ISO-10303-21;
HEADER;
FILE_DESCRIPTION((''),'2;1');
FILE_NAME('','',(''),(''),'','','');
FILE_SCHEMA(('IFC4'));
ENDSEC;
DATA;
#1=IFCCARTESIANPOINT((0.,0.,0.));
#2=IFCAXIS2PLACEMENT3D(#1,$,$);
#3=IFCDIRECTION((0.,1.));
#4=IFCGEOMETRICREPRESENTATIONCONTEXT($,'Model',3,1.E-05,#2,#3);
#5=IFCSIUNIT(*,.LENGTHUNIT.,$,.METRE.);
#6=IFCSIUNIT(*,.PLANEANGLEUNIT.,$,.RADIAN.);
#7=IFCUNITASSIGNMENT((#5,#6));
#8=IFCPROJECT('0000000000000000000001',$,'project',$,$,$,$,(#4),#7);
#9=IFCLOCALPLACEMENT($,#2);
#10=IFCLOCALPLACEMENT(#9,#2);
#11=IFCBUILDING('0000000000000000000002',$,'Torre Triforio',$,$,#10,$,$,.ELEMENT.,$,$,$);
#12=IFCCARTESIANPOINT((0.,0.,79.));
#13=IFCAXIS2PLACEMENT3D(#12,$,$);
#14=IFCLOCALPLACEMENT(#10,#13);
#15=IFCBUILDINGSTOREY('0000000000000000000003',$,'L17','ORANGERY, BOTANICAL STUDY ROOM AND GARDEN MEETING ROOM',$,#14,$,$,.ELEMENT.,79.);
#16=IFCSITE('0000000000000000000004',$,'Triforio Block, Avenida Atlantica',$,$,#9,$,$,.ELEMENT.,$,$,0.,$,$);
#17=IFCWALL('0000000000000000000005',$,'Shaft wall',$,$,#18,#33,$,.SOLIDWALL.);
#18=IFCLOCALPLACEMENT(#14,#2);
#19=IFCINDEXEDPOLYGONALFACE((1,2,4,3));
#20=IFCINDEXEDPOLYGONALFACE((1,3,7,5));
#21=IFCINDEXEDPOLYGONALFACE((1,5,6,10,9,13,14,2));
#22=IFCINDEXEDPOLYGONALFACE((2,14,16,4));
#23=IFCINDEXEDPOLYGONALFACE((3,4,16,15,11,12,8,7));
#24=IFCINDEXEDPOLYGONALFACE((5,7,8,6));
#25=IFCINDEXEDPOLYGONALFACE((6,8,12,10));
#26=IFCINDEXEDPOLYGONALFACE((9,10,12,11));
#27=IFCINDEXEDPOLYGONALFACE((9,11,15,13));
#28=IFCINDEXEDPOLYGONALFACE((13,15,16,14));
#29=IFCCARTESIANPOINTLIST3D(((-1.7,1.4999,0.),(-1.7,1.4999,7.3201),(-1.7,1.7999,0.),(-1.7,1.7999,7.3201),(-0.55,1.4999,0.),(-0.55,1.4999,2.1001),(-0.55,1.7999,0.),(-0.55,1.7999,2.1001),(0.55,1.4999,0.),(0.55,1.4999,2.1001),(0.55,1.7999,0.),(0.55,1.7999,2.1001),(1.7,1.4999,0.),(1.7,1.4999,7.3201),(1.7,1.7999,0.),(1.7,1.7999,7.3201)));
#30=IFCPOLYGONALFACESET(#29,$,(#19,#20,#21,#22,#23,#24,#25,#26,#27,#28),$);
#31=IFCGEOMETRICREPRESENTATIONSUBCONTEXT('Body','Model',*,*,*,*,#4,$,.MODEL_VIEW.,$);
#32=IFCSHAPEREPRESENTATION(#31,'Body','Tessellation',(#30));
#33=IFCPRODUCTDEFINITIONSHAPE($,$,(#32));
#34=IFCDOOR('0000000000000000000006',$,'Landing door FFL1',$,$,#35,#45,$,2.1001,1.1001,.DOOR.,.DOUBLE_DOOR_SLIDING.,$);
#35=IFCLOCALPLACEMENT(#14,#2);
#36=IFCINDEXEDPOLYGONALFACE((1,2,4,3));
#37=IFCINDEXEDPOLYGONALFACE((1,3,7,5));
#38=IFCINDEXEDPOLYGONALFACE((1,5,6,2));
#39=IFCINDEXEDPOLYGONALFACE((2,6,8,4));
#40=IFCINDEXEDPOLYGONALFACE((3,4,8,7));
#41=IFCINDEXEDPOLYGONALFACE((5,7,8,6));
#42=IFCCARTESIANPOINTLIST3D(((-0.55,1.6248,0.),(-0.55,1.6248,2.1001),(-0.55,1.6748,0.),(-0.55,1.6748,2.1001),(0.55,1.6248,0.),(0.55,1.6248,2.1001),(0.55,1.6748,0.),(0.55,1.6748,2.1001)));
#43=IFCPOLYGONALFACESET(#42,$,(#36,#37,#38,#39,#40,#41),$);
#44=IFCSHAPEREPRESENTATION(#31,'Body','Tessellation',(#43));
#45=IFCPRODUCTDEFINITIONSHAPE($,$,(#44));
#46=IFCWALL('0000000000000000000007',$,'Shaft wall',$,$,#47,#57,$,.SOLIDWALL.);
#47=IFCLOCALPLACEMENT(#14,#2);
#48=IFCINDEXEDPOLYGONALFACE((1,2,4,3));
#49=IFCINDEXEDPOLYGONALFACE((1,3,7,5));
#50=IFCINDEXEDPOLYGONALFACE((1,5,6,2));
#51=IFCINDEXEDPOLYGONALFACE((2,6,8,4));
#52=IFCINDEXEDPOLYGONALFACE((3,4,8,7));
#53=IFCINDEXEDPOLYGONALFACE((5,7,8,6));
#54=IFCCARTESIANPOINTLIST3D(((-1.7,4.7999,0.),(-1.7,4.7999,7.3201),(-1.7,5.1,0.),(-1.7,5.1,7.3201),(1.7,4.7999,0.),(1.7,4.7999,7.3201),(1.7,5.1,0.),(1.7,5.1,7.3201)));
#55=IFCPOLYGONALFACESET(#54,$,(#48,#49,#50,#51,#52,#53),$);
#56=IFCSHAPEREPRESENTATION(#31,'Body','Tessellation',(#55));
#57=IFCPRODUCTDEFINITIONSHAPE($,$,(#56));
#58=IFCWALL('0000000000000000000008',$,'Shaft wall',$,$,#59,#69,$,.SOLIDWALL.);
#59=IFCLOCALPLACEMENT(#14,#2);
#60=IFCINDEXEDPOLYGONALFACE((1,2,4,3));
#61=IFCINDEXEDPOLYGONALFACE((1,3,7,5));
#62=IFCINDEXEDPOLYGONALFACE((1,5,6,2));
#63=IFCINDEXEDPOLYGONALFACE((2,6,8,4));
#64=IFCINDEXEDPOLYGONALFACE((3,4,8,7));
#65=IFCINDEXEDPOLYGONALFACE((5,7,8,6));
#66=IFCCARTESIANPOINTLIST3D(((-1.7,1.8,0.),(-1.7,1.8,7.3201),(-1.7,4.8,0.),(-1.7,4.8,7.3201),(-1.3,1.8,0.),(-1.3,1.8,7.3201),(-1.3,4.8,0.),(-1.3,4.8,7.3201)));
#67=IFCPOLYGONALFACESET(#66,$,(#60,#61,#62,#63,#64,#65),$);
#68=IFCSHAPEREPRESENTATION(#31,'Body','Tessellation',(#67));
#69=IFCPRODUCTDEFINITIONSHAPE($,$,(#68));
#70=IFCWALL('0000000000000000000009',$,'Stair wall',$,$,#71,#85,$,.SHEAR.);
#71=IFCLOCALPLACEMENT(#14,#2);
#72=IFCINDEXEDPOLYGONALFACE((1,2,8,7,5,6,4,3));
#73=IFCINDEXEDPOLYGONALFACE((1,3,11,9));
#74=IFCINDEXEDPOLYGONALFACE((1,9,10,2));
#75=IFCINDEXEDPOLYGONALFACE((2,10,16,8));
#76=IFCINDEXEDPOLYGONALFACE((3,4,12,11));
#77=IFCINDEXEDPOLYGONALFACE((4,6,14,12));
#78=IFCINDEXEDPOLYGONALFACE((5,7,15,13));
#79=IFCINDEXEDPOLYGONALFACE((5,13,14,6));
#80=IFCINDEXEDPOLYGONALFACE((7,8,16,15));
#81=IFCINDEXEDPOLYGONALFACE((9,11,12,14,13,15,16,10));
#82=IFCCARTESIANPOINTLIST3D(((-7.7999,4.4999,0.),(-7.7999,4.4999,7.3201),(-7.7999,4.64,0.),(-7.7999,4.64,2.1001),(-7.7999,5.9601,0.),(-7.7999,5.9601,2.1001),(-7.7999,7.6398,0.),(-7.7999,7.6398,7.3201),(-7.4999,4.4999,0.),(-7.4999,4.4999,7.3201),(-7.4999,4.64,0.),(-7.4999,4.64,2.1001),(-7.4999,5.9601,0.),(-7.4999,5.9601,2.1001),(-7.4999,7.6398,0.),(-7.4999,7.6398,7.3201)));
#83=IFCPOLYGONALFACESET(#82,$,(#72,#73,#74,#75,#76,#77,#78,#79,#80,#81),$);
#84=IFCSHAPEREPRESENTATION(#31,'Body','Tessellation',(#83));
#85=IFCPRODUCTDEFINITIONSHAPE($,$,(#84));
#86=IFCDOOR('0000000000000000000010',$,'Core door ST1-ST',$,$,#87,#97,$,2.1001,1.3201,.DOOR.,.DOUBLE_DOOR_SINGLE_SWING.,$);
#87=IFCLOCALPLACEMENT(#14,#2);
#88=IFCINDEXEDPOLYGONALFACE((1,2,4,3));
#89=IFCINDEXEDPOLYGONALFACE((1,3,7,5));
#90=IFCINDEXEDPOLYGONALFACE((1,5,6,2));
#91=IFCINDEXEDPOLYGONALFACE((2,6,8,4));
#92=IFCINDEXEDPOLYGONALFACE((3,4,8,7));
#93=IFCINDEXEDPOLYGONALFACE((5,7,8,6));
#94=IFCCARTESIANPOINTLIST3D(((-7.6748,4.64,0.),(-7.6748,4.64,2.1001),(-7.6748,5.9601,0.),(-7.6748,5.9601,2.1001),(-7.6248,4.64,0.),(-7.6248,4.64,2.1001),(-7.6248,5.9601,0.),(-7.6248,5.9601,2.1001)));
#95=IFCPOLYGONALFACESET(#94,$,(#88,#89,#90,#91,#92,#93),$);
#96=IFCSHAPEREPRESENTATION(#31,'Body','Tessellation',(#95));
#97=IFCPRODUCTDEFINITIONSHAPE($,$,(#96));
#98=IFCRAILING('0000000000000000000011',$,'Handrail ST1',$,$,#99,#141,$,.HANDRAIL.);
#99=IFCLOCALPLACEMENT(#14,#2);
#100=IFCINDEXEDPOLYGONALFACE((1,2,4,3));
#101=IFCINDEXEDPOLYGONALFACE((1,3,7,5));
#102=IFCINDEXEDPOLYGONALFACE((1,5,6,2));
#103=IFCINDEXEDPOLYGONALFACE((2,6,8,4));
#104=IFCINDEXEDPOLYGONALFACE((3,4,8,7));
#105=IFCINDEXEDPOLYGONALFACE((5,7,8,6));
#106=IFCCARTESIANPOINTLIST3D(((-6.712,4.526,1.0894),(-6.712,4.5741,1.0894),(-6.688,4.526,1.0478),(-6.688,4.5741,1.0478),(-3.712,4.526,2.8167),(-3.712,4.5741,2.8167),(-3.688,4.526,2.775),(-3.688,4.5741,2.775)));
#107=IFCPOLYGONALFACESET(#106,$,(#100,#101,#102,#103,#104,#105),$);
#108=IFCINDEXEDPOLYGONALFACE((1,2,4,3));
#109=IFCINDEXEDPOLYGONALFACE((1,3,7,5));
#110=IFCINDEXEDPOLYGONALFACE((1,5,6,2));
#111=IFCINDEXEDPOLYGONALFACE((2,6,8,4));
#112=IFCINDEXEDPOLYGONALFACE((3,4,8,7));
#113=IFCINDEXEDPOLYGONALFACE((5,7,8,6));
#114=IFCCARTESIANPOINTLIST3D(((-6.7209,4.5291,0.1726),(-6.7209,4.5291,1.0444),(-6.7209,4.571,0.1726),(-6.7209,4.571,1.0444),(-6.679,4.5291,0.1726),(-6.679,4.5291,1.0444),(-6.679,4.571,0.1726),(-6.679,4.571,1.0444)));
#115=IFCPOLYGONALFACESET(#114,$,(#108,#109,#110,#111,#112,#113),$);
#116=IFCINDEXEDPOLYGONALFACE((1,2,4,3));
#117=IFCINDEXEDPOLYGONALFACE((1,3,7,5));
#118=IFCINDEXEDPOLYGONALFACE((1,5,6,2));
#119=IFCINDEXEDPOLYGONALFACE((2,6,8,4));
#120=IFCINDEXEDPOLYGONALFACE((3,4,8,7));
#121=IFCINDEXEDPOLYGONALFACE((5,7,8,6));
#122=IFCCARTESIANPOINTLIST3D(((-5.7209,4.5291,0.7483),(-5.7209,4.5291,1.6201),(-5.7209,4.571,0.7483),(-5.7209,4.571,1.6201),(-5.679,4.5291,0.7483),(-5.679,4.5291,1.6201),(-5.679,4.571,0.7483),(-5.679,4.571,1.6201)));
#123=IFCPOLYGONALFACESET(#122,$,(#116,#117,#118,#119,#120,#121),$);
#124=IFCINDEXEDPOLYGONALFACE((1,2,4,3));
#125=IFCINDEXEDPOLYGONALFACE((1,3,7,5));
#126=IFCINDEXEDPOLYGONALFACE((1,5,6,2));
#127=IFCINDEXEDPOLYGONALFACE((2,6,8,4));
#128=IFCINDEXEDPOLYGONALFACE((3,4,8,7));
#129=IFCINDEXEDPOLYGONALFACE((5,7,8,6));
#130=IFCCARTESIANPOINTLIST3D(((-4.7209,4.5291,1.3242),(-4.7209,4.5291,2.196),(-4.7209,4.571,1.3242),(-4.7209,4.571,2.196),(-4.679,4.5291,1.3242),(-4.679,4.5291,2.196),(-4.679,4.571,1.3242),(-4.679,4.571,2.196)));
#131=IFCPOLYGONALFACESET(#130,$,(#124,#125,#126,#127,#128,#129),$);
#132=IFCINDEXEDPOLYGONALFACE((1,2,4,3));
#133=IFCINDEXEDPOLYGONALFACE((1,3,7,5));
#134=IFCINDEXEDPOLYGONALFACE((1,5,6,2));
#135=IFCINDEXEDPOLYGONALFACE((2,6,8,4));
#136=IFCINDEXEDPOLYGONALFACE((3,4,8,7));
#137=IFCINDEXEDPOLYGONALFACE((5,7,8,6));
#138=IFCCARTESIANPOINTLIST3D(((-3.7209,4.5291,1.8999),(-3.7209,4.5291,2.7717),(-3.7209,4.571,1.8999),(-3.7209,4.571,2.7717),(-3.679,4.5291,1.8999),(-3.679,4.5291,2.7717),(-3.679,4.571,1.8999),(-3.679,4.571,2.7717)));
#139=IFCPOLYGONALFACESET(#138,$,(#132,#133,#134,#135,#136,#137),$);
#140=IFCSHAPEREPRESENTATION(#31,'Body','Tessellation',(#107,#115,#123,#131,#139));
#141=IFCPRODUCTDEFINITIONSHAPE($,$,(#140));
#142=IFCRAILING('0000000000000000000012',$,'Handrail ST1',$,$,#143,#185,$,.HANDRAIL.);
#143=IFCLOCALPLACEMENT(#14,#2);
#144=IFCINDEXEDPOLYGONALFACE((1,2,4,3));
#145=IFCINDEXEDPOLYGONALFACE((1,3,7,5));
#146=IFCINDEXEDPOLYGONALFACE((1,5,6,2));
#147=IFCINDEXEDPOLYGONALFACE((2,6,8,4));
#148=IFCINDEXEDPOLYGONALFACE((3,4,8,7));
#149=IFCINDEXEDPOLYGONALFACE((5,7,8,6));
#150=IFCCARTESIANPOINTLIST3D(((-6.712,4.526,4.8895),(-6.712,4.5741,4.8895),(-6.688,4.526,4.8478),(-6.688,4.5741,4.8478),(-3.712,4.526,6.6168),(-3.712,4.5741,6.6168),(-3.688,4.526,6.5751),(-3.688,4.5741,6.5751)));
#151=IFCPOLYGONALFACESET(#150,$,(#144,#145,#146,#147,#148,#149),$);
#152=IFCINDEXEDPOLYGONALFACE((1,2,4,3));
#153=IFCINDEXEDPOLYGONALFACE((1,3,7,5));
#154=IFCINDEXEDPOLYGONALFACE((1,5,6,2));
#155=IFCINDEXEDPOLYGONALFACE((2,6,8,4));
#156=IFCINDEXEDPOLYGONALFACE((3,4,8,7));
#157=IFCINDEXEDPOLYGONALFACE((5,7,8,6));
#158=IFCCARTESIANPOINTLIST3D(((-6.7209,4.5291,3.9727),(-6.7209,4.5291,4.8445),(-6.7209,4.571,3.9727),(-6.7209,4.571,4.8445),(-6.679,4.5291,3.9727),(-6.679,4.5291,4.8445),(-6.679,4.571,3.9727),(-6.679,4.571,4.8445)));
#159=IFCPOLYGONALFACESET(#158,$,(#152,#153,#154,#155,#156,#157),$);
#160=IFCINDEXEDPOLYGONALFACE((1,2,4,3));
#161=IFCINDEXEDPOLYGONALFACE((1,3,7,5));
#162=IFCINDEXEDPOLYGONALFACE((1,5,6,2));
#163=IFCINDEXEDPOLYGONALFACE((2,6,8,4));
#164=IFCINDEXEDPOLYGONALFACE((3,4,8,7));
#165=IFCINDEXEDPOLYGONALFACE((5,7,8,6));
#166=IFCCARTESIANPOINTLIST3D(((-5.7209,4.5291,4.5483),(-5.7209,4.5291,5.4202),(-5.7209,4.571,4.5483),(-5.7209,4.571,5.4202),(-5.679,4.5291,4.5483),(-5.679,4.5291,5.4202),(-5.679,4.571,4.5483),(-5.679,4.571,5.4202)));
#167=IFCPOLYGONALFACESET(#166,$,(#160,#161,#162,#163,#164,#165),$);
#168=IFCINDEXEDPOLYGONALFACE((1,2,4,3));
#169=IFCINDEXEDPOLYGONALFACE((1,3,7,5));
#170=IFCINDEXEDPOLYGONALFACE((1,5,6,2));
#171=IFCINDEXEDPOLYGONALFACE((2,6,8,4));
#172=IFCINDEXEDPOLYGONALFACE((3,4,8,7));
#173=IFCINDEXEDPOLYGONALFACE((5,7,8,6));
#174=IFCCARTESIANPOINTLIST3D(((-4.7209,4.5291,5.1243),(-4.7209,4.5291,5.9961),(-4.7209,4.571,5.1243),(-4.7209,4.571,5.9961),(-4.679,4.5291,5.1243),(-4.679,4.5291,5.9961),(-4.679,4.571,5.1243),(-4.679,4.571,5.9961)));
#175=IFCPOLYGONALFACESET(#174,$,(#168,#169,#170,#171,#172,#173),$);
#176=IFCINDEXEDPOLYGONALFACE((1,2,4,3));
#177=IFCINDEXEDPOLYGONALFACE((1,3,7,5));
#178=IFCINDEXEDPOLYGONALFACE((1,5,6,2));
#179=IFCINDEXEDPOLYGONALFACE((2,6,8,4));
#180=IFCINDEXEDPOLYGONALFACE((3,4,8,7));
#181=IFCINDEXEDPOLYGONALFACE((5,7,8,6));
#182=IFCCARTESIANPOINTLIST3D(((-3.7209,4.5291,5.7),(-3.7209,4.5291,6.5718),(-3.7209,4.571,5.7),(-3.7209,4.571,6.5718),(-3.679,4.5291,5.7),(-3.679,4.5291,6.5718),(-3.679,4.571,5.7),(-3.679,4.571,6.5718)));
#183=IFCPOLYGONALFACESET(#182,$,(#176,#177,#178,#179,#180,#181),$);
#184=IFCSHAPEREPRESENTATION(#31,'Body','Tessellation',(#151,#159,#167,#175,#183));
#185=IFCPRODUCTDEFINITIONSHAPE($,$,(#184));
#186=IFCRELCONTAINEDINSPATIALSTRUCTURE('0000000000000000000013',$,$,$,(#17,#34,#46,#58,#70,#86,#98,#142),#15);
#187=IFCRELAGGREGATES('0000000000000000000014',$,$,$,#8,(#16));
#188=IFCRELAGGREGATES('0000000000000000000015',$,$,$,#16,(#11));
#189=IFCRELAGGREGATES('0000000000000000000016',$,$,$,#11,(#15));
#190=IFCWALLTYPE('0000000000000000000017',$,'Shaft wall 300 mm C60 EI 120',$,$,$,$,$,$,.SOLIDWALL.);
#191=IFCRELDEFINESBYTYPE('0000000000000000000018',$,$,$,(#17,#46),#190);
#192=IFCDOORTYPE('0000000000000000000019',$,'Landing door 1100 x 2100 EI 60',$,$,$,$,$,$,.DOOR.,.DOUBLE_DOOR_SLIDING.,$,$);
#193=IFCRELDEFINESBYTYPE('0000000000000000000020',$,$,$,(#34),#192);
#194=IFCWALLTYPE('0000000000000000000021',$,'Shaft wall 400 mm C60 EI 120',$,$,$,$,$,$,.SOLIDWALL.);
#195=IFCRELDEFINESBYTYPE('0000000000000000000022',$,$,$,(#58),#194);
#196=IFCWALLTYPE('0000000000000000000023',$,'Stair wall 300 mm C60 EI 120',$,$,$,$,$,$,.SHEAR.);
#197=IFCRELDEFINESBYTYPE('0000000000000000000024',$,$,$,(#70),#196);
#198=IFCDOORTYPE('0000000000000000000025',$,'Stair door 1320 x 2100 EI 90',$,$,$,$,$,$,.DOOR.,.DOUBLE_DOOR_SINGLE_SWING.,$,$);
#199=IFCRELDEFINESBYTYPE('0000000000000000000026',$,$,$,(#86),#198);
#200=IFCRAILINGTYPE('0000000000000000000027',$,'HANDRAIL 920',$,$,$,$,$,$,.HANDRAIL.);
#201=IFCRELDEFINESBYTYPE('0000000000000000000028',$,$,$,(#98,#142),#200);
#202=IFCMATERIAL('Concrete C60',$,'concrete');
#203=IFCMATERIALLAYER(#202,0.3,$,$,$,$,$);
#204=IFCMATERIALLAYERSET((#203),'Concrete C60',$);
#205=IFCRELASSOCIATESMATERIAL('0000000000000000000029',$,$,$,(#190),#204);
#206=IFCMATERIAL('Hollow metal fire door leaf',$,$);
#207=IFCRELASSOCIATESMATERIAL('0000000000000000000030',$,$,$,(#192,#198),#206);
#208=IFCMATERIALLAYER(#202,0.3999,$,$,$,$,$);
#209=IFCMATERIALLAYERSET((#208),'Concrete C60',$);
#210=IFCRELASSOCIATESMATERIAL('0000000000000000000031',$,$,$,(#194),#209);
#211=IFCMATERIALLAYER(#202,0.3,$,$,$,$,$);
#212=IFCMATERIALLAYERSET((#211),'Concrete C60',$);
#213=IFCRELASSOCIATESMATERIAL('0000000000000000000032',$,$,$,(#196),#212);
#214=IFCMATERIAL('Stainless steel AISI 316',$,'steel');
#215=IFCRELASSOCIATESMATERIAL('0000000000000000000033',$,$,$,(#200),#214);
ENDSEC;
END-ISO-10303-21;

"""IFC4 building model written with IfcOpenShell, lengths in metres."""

from ifc_helpers import new_model, si_unit, direction, frame, frame_2d, origin, origin_2d, place, context, subcontext, project, spatial, rectangle, extrude, material, layer, layer_set, type_object, element, fill, save


model = new_model("IFC4")

# Units and contexts
model_context = context("Model", 3, precision=1e-05, world=origin(), true_north=direction((0.0, 1.0)))
body_context = subcontext(model_context, "Body", "Model", "MODEL_VIEW")
ifc_project = project(units=[si_unit("LENGTHUNIT", "METRE"), si_unit("PLANEANGLEUNIT", "RADIAN")], contexts=[model_context])

# Site, building, storey
site_placement = place(None, origin())
site = spatial("IfcSite", under=ifc_project, at=site_placement, Name="Triforio Block, Avenida Atlantica", CompositionType="ELEMENT", RefElevation=0.0)
building_placement = place(site_placement, origin())
building = spatial("IfcBuilding", under=site, at=building_placement, Name="Torre Triforio", CompositionType="ELEMENT")
storey_placement = place(building_placement, frame((0.0, 0.0, 79.0)))
storey = spatial("IfcBuildingStorey", under=building, at=storey_placement, Name="L17", Description="ORANGERY, BOTANICAL STUDY ROOM AND GARDEN MEETING ROOM", CompositionType="ELEMENT", Elevation=79.0)

# Shared definitions
ifc_material_1 = material(Name="Concrete C60", Category="concrete")
ifc_layer_1 = layer(ifc_material_1, 0.3)
ifc_layer_set_1 = layer_set([ifc_layer_1], Name="Concrete C60")
wall_type_1 = type_object("IfcWallType", Name="Shaft wall 300 mm C60 EI 120", PredefinedType="SOLIDWALL", material=ifc_layer_set_1)

# Shared definitions
ifc_material_2 = material(Name="Hollow metal fire door leaf")
door_type_1 = type_object("IfcDoorType", Name="Landing door 1100 x 2100 EI 60", OperationType="DOUBLE_DOOR_SLIDING", PredefinedType="DOOR", material=ifc_material_2)

# Wall, opening, door
wall_1_placement = place(storey_placement, frame((-1.7, 1.6499, 0.0), z_axis=(0.0, 0.0, 1.0), x_axis=(1.0, 0.0, 0.0)))
wall_1 = element("IfcWall", 1, at=wall_1_placement, inside=storey, type_object=wall_type_1, Name="Shaft wall", PredefinedType="SOLIDWALL", context=body_context, shape_type="SweptSolid", body=[
    extrude(rectangle(XDim=3.3999, YDim=0.3, at=frame_2d((1.7, 0.0))), origin(), (0.0, 0.0, 1.0), 7.3201),
])
opening_1_placement = place(wall_1_placement, frame((1.1499, 0.0, 0.0)))
opening_1 = element("IfcOpeningElement", 2, at=opening_1_placement, cuts=wall_1, PredefinedType="OPENING", context=body_context, shape_type="SweptSolid", body=[
    extrude(rectangle(XDim=1.1001, YDim=2.1001, at=frame_2d((0.55, 1.05))), frame((0.0, 0.1599, 0.0), z_axis=(0.0, -1.0, 0.0), x_axis=(1.0, 0.0, 0.0)), (0.0, 0.0, 1.0), 0.3201),
])
door_1_placement = place(opening_1_placement, origin())
door_1 = element("IfcDoor", 3, at=door_1_placement, inside=storey, type_object=door_type_1, Name="Landing door FFL1", OperationType="DOUBLE_DOOR_SLIDING", OverallHeight=2.1001, OverallWidth=1.1001, PredefinedType="DOOR", context=body_context, shape_type="SweptSolid", body=[
    extrude(rectangle(XDim=1.1001, YDim=2.1001, at=frame_2d((0.55, 1.05))), frame((0.0, 0.0249, 0.0), z_axis=(0.0, -1.0, 0.0), x_axis=(1.0, 0.0, 0.0)), (0.0, 0.0, 1.0), 0.05),
])
fill(opening_1, door_1)

# Walls
wall_2_placement = place(storey_placement, frame((-1.7, 4.95, 0.0), z_axis=(0.0, 0.0, 1.0), x_axis=(1.0, 0.0, 0.0)))
element("IfcWall", 4, at=wall_2_placement, inside=storey, type_object=wall_type_1, Name="Shaft wall", PredefinedType="SOLIDWALL", context=body_context, shape_type="SweptSolid", body=[
    extrude(rectangle(XDim=3.3999, YDim=0.3, at=frame_2d((1.7, 0.0))), origin(), (0.0, 0.0, 1.0), 7.3201),
])
ifc_layer_2 = layer(ifc_material_1, 0.3999)
ifc_layer_set_2 = layer_set([ifc_layer_2], Name="Concrete C60")
wall_type_2 = type_object("IfcWallType", Name="Shaft wall 400 mm C60 EI 120", PredefinedType="SOLIDWALL", material=ifc_layer_set_2)
wall_3_placement = place(storey_placement, frame((-1.5, 1.8, 0.0), z_axis=(0.0, 0.0, 1.0), x_axis=(0.0, 1.0, 0.0)))
element("IfcWall", 5, at=wall_3_placement, inside=storey, type_object=wall_type_2, Name="Shaft wall", PredefinedType="SOLIDWALL", context=body_context, shape_type="SweptSolid", body=[
    extrude(rectangle(XDim=3.0, YDim=0.3999, at=frame_2d((1.5, 0.0))), origin(), (0.0, 0.0, 1.0), 7.3201),
])

# Wall, opening, door
ifc_layer_3 = layer(ifc_material_1, 0.3)
ifc_layer_set_3 = layer_set([ifc_layer_3], Name="Concrete C60")
wall_type_3 = type_object("IfcWallType", Name="Stair wall 300 mm C60 EI 120", PredefinedType="SHEAR", material=ifc_layer_set_3)
wall_4_placement = place(storey_placement, frame((-7.6499, 4.5, 0.0), z_axis=(0.0, 0.0, 1.0), x_axis=(0.0, 1.0, 0.0)))
wall_4 = element("IfcWall", 6, at=wall_4_placement, inside=storey, type_object=wall_type_3, Name="Stair wall", PredefinedType="SHEAR", context=body_context, shape_type="SweptSolid", body=[
    extrude(rectangle(XDim=3.1399, YDim=0.3, at=frame_2d((1.5698, 0.0))), origin(), (0.0, 0.0, 1.0), 7.3201),
])
opening_2_placement = place(wall_4_placement, frame((0.1399, 0.0, 0.0)))
opening_2 = element("IfcOpeningElement", 7, at=opening_2_placement, cuts=wall_4, PredefinedType="OPENING", context=body_context, shape_type="SweptSolid", body=[
    extrude(rectangle(XDim=1.3201, YDim=2.1001, at=frame_2d((0.6602, 1.05))), frame((0.0, 0.1599, 0.0), z_axis=(0.0, -1.0, 0.0), x_axis=(1.0, 0.0, 0.0)), (0.0, 0.0, 1.0), 0.3201),
])
door_type_2 = type_object("IfcDoorType", Name="Stair door 1320 x 2100 EI 90", OperationType="DOUBLE_DOOR_SINGLE_SWING", PredefinedType="DOOR", material=ifc_material_2)
door_2_placement = place(opening_2_placement, origin())
door_2 = element("IfcDoor", 8, at=door_2_placement, inside=storey, type_object=door_type_2, Name="Core door ST1-ST", OperationType="DOUBLE_DOOR_SINGLE_SWING", OverallHeight=2.1001, OverallWidth=1.3201, PredefinedType="DOOR", context=body_context, shape_type="SweptSolid", body=[
    extrude(rectangle(XDim=1.3201, YDim=2.1001, at=frame_2d((0.6602, 1.05))), frame((0.0, 0.0249, 0.0), z_axis=(0.0, -1.0, 0.0), x_axis=(1.0, 0.0, 0.0)), (0.0, 0.0, 1.0), 0.05),
])
fill(opening_2, door_2)

# Railings
ifc_material_3 = material(Name="Stainless steel AISI 316", Category="steel")
railing_type = type_object("IfcRailingType", Name="HANDRAIL 920", PredefinedType="HANDRAIL", material=ifc_material_3)
for number, where, name in (
    (9, (-6.7, 4.55, 0.1726), "Handrail ST1"),
    (10, (-6.7, 4.55, 3.9727), "Handrail ST1"),
):
    element("IfcRailing", number, at=place(storey_placement, frame(where)), inside=storey, type_object=railing_type, Name=name, PredefinedType="HANDRAIL", context=body_context, shape_type="SweptSolid", body=[
        extrude(rectangle(XDim=0.0481, YDim=0.0481, at=origin_2d()), frame((0.0, 0.0, 0.896), z_axis=(0.86662, 0.0, 0.498969), x_axis=(0.0, 1.0, 0.0)), (0.0, 0.0, 1.0), 3.4617),
        extrude(rectangle(XDim=0.042, YDim=0.042, at=origin_2d()), origin(), (0.0, 0.0, 1.0), 0.8718),
        extrude(rectangle(XDim=0.042, YDim=0.042, at=origin_2d()), frame((1.0, 0.0, 0.5757)), (0.0, 0.0, 1.0), 0.8718),
        extrude(rectangle(XDim=0.042, YDim=0.042, at=origin_2d()), frame((2.0, 0.0, 1.1516)), (0.0, 0.0, 1.0), 0.8718),
        extrude(rectangle(XDim=0.042, YDim=0.042, at=origin_2d()), frame((3.0, 0.0, 1.7273)), (0.0, 0.0, 1.0), 0.8718),
    ])

save(model, "model.ifc")
